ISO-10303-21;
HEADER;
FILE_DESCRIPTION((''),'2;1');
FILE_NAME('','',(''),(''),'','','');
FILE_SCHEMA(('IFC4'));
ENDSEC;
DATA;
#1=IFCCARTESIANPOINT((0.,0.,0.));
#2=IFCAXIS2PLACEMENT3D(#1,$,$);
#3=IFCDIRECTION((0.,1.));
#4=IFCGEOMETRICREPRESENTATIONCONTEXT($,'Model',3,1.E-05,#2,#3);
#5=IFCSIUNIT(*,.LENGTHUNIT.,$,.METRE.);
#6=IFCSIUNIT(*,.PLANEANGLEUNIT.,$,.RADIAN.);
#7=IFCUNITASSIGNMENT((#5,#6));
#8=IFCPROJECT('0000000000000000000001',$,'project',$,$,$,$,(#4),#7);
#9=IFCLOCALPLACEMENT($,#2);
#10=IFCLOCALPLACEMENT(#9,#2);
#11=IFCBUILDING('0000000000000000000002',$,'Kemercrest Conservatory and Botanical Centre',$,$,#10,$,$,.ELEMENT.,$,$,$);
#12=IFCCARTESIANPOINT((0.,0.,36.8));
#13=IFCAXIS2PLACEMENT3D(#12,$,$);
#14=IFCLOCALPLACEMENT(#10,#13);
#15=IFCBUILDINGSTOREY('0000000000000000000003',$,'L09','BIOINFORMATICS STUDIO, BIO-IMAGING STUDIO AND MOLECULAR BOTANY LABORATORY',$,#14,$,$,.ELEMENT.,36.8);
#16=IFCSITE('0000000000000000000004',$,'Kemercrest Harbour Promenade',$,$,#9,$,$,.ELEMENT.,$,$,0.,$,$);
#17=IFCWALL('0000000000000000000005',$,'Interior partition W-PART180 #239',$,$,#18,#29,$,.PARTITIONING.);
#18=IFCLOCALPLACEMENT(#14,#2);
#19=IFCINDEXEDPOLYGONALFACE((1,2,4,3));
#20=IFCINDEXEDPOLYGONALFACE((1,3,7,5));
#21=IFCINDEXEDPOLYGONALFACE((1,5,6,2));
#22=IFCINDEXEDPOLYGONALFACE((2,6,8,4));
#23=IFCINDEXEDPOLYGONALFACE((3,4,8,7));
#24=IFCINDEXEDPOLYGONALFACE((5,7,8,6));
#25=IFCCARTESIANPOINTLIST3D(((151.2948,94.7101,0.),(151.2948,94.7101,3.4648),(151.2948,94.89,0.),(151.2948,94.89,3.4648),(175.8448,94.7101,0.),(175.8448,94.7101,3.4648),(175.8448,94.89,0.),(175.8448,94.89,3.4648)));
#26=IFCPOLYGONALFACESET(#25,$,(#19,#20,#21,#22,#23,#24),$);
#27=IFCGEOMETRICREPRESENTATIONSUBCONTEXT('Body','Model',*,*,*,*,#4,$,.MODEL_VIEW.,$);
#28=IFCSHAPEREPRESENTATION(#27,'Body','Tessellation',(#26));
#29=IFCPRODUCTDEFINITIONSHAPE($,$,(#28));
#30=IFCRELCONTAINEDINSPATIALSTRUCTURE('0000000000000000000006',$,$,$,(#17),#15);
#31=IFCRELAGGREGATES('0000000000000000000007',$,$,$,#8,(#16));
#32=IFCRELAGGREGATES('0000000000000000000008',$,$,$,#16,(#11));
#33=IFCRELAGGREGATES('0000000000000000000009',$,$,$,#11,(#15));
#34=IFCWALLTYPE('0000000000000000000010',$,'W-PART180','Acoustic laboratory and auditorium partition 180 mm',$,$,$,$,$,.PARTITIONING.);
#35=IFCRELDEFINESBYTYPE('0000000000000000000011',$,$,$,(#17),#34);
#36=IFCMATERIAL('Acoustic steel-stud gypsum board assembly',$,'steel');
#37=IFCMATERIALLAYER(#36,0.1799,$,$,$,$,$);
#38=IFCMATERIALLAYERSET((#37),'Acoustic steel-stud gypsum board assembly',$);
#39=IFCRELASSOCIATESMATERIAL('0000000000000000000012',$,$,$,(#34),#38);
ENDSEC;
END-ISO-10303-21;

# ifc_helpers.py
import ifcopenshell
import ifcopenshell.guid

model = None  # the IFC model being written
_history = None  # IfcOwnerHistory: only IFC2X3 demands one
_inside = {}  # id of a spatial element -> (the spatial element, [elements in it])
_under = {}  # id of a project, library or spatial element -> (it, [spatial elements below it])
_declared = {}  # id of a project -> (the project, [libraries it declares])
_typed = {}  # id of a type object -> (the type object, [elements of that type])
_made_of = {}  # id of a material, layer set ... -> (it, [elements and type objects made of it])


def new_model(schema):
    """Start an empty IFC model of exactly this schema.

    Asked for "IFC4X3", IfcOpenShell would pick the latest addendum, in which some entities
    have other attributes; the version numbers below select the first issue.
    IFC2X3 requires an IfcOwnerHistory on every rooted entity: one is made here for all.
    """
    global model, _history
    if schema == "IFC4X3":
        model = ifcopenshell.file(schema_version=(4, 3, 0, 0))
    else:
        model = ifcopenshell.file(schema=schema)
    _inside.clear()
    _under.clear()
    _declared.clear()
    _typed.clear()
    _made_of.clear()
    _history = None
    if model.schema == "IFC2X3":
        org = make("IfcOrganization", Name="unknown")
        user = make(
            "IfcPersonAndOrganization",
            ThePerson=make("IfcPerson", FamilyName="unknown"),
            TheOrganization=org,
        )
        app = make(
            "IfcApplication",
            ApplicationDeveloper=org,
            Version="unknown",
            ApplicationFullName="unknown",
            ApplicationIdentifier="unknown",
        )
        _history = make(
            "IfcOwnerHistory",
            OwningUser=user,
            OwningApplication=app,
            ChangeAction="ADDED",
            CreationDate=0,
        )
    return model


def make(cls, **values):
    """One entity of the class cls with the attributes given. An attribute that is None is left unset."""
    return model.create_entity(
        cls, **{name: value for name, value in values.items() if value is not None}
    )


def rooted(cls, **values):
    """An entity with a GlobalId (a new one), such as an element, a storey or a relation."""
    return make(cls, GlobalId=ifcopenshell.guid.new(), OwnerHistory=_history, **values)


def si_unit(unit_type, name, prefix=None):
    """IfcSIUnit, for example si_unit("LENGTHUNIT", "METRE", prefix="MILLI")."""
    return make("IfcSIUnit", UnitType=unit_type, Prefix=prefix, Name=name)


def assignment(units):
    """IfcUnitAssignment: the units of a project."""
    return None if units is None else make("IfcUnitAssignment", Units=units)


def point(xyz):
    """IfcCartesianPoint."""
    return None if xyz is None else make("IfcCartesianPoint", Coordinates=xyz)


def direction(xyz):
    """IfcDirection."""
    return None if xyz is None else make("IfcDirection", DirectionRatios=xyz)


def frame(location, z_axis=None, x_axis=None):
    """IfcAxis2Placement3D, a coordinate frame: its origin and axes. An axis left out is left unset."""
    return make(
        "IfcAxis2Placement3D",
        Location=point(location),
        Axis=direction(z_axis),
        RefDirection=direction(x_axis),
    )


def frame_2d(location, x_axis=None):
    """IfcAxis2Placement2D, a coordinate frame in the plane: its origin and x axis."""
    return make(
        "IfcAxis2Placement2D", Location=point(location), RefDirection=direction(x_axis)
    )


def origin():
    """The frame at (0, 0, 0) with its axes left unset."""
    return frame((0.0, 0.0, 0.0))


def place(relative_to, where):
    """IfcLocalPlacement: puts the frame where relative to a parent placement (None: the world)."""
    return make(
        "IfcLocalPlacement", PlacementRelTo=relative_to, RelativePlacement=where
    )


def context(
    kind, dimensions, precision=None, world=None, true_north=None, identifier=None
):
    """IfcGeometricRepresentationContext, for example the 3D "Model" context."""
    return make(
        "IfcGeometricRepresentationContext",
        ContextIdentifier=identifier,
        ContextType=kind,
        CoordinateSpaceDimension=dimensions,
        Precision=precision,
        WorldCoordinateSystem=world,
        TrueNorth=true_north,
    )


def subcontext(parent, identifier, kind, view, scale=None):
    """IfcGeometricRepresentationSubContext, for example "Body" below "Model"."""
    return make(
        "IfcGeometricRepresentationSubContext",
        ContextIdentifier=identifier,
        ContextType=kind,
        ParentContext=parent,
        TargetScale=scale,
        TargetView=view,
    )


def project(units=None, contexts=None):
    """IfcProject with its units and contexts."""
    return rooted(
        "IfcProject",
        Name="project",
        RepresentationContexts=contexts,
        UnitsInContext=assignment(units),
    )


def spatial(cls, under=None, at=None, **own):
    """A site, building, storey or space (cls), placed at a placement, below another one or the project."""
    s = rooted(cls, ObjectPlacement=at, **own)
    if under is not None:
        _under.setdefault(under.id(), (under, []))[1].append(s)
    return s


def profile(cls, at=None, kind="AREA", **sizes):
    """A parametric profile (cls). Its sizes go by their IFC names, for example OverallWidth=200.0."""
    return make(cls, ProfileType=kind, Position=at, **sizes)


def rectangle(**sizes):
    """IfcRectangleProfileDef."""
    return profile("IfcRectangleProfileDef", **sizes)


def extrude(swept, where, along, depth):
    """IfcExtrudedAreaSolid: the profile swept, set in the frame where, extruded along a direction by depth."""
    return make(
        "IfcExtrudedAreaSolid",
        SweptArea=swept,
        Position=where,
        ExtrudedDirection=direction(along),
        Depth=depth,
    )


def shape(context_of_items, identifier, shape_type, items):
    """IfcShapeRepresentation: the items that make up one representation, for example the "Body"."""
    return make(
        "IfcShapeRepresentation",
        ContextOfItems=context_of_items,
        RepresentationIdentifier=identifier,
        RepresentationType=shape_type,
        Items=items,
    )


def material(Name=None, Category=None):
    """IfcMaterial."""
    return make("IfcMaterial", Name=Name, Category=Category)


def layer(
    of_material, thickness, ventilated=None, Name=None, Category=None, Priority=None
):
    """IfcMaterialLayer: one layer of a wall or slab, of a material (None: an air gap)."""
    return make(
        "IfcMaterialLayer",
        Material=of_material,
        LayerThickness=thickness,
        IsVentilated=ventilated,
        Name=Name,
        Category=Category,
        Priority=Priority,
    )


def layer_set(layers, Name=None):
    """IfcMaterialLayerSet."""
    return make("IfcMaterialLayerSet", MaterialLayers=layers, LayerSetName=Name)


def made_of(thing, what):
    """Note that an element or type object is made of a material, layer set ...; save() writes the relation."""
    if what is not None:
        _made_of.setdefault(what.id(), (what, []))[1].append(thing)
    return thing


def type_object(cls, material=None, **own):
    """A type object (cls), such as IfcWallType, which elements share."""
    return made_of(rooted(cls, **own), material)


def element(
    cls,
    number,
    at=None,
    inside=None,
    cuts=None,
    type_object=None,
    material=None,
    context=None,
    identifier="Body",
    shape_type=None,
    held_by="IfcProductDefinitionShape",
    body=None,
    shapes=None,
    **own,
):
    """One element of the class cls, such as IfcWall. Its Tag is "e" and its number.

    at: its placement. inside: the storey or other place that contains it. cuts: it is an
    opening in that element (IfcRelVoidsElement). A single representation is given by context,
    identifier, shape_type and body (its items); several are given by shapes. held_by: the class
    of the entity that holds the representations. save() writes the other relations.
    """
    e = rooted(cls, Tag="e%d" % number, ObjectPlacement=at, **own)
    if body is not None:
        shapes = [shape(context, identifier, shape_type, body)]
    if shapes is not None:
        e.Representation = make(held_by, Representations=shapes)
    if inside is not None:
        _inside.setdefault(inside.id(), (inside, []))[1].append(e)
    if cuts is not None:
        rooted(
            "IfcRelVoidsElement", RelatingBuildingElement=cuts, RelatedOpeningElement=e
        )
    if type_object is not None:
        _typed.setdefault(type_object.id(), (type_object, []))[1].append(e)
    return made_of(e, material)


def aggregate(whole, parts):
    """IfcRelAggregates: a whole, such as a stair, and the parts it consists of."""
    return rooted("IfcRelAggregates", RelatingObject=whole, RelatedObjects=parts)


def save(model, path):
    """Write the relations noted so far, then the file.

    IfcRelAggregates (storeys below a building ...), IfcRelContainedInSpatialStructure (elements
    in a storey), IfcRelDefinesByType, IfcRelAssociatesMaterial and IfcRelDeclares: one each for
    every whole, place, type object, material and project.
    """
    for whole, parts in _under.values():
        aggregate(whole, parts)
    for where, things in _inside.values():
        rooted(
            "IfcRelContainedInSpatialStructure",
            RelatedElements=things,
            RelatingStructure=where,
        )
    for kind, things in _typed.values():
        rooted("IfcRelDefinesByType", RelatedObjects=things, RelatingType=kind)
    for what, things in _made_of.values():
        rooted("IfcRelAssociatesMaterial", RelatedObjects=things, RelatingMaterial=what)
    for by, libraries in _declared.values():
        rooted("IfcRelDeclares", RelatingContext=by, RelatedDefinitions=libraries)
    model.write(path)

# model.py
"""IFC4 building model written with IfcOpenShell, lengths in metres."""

from ifc_helpers import new_model, si_unit, direction, frame, frame_2d, origin, place, context, subcontext, project, spatial, rectangle, extrude, material, layer, layer_set, type_object, element, save


model = new_model("IFC4")

# Units and contexts
model_context = context("Model", 3, precision=1e-05, world=origin(), true_north=direction((0.0, 1.0)))
body_context = subcontext(model_context, "Body", "Model", "MODEL_VIEW")
ifc_project = project(units=[si_unit("LENGTHUNIT", "METRE"), si_unit("PLANEANGLEUNIT", "RADIAN")], contexts=[model_context])

# Site, building, storey
site_placement = place(None, origin())
site = spatial("IfcSite", under=ifc_project, at=site_placement, Name="Kemercrest Harbour Promenade", CompositionType="ELEMENT", RefElevation=0.0)
building_placement = place(site_placement, origin())
building = spatial("IfcBuilding", under=site, at=building_placement, Name="Kemercrest Conservatory and Botanical Centre", CompositionType="ELEMENT")
storey_placement = place(building_placement, frame((0.0, 0.0, 36.8)))
storey = spatial("IfcBuildingStorey", under=building, at=storey_placement, Name="L09", Description="BIOINFORMATICS STUDIO, BIO-IMAGING STUDIO AND MOLECULAR BOTANY LABORATORY", CompositionType="ELEMENT", Elevation=36.8)

# Shared definitions
ifc_material_1 = material(Name="Acoustic steel-stud gypsum board assembly", Category="steel")
ifc_layer_1 = layer(ifc_material_1, 0.1799)
ifc_layer_set_1 = layer_set([ifc_layer_1], Name="Acoustic steel-stud gypsum board assembly")
wall_type_1 = type_object("IfcWallType", Name="W-PART180", Description="Acoustic laboratory and auditorium partition 180 mm", PredefinedType="PARTITIONING", material=ifc_layer_set_1)

# Wall
wall_1_placement = place(storey_placement, frame((151.2949, 94.8, 0.0), z_axis=(0.0, 0.0, 1.0), x_axis=(1.0, 0.0, 0.0)))
element("IfcWall", 1, at=wall_1_placement, inside=storey, type_object=wall_type_1, Name="Interior partition W-PART180 #239", PredefinedType="PARTITIONING", context=body_context, shape_type="SweptSolid", body=[
    extrude(rectangle(XDim=24.55, YDim=0.1799, at=frame_2d((12.2749, 0.0))), origin(), (0.0, 0.0, 1.0), 3.4648),
])

save(model, "model.ifc")
